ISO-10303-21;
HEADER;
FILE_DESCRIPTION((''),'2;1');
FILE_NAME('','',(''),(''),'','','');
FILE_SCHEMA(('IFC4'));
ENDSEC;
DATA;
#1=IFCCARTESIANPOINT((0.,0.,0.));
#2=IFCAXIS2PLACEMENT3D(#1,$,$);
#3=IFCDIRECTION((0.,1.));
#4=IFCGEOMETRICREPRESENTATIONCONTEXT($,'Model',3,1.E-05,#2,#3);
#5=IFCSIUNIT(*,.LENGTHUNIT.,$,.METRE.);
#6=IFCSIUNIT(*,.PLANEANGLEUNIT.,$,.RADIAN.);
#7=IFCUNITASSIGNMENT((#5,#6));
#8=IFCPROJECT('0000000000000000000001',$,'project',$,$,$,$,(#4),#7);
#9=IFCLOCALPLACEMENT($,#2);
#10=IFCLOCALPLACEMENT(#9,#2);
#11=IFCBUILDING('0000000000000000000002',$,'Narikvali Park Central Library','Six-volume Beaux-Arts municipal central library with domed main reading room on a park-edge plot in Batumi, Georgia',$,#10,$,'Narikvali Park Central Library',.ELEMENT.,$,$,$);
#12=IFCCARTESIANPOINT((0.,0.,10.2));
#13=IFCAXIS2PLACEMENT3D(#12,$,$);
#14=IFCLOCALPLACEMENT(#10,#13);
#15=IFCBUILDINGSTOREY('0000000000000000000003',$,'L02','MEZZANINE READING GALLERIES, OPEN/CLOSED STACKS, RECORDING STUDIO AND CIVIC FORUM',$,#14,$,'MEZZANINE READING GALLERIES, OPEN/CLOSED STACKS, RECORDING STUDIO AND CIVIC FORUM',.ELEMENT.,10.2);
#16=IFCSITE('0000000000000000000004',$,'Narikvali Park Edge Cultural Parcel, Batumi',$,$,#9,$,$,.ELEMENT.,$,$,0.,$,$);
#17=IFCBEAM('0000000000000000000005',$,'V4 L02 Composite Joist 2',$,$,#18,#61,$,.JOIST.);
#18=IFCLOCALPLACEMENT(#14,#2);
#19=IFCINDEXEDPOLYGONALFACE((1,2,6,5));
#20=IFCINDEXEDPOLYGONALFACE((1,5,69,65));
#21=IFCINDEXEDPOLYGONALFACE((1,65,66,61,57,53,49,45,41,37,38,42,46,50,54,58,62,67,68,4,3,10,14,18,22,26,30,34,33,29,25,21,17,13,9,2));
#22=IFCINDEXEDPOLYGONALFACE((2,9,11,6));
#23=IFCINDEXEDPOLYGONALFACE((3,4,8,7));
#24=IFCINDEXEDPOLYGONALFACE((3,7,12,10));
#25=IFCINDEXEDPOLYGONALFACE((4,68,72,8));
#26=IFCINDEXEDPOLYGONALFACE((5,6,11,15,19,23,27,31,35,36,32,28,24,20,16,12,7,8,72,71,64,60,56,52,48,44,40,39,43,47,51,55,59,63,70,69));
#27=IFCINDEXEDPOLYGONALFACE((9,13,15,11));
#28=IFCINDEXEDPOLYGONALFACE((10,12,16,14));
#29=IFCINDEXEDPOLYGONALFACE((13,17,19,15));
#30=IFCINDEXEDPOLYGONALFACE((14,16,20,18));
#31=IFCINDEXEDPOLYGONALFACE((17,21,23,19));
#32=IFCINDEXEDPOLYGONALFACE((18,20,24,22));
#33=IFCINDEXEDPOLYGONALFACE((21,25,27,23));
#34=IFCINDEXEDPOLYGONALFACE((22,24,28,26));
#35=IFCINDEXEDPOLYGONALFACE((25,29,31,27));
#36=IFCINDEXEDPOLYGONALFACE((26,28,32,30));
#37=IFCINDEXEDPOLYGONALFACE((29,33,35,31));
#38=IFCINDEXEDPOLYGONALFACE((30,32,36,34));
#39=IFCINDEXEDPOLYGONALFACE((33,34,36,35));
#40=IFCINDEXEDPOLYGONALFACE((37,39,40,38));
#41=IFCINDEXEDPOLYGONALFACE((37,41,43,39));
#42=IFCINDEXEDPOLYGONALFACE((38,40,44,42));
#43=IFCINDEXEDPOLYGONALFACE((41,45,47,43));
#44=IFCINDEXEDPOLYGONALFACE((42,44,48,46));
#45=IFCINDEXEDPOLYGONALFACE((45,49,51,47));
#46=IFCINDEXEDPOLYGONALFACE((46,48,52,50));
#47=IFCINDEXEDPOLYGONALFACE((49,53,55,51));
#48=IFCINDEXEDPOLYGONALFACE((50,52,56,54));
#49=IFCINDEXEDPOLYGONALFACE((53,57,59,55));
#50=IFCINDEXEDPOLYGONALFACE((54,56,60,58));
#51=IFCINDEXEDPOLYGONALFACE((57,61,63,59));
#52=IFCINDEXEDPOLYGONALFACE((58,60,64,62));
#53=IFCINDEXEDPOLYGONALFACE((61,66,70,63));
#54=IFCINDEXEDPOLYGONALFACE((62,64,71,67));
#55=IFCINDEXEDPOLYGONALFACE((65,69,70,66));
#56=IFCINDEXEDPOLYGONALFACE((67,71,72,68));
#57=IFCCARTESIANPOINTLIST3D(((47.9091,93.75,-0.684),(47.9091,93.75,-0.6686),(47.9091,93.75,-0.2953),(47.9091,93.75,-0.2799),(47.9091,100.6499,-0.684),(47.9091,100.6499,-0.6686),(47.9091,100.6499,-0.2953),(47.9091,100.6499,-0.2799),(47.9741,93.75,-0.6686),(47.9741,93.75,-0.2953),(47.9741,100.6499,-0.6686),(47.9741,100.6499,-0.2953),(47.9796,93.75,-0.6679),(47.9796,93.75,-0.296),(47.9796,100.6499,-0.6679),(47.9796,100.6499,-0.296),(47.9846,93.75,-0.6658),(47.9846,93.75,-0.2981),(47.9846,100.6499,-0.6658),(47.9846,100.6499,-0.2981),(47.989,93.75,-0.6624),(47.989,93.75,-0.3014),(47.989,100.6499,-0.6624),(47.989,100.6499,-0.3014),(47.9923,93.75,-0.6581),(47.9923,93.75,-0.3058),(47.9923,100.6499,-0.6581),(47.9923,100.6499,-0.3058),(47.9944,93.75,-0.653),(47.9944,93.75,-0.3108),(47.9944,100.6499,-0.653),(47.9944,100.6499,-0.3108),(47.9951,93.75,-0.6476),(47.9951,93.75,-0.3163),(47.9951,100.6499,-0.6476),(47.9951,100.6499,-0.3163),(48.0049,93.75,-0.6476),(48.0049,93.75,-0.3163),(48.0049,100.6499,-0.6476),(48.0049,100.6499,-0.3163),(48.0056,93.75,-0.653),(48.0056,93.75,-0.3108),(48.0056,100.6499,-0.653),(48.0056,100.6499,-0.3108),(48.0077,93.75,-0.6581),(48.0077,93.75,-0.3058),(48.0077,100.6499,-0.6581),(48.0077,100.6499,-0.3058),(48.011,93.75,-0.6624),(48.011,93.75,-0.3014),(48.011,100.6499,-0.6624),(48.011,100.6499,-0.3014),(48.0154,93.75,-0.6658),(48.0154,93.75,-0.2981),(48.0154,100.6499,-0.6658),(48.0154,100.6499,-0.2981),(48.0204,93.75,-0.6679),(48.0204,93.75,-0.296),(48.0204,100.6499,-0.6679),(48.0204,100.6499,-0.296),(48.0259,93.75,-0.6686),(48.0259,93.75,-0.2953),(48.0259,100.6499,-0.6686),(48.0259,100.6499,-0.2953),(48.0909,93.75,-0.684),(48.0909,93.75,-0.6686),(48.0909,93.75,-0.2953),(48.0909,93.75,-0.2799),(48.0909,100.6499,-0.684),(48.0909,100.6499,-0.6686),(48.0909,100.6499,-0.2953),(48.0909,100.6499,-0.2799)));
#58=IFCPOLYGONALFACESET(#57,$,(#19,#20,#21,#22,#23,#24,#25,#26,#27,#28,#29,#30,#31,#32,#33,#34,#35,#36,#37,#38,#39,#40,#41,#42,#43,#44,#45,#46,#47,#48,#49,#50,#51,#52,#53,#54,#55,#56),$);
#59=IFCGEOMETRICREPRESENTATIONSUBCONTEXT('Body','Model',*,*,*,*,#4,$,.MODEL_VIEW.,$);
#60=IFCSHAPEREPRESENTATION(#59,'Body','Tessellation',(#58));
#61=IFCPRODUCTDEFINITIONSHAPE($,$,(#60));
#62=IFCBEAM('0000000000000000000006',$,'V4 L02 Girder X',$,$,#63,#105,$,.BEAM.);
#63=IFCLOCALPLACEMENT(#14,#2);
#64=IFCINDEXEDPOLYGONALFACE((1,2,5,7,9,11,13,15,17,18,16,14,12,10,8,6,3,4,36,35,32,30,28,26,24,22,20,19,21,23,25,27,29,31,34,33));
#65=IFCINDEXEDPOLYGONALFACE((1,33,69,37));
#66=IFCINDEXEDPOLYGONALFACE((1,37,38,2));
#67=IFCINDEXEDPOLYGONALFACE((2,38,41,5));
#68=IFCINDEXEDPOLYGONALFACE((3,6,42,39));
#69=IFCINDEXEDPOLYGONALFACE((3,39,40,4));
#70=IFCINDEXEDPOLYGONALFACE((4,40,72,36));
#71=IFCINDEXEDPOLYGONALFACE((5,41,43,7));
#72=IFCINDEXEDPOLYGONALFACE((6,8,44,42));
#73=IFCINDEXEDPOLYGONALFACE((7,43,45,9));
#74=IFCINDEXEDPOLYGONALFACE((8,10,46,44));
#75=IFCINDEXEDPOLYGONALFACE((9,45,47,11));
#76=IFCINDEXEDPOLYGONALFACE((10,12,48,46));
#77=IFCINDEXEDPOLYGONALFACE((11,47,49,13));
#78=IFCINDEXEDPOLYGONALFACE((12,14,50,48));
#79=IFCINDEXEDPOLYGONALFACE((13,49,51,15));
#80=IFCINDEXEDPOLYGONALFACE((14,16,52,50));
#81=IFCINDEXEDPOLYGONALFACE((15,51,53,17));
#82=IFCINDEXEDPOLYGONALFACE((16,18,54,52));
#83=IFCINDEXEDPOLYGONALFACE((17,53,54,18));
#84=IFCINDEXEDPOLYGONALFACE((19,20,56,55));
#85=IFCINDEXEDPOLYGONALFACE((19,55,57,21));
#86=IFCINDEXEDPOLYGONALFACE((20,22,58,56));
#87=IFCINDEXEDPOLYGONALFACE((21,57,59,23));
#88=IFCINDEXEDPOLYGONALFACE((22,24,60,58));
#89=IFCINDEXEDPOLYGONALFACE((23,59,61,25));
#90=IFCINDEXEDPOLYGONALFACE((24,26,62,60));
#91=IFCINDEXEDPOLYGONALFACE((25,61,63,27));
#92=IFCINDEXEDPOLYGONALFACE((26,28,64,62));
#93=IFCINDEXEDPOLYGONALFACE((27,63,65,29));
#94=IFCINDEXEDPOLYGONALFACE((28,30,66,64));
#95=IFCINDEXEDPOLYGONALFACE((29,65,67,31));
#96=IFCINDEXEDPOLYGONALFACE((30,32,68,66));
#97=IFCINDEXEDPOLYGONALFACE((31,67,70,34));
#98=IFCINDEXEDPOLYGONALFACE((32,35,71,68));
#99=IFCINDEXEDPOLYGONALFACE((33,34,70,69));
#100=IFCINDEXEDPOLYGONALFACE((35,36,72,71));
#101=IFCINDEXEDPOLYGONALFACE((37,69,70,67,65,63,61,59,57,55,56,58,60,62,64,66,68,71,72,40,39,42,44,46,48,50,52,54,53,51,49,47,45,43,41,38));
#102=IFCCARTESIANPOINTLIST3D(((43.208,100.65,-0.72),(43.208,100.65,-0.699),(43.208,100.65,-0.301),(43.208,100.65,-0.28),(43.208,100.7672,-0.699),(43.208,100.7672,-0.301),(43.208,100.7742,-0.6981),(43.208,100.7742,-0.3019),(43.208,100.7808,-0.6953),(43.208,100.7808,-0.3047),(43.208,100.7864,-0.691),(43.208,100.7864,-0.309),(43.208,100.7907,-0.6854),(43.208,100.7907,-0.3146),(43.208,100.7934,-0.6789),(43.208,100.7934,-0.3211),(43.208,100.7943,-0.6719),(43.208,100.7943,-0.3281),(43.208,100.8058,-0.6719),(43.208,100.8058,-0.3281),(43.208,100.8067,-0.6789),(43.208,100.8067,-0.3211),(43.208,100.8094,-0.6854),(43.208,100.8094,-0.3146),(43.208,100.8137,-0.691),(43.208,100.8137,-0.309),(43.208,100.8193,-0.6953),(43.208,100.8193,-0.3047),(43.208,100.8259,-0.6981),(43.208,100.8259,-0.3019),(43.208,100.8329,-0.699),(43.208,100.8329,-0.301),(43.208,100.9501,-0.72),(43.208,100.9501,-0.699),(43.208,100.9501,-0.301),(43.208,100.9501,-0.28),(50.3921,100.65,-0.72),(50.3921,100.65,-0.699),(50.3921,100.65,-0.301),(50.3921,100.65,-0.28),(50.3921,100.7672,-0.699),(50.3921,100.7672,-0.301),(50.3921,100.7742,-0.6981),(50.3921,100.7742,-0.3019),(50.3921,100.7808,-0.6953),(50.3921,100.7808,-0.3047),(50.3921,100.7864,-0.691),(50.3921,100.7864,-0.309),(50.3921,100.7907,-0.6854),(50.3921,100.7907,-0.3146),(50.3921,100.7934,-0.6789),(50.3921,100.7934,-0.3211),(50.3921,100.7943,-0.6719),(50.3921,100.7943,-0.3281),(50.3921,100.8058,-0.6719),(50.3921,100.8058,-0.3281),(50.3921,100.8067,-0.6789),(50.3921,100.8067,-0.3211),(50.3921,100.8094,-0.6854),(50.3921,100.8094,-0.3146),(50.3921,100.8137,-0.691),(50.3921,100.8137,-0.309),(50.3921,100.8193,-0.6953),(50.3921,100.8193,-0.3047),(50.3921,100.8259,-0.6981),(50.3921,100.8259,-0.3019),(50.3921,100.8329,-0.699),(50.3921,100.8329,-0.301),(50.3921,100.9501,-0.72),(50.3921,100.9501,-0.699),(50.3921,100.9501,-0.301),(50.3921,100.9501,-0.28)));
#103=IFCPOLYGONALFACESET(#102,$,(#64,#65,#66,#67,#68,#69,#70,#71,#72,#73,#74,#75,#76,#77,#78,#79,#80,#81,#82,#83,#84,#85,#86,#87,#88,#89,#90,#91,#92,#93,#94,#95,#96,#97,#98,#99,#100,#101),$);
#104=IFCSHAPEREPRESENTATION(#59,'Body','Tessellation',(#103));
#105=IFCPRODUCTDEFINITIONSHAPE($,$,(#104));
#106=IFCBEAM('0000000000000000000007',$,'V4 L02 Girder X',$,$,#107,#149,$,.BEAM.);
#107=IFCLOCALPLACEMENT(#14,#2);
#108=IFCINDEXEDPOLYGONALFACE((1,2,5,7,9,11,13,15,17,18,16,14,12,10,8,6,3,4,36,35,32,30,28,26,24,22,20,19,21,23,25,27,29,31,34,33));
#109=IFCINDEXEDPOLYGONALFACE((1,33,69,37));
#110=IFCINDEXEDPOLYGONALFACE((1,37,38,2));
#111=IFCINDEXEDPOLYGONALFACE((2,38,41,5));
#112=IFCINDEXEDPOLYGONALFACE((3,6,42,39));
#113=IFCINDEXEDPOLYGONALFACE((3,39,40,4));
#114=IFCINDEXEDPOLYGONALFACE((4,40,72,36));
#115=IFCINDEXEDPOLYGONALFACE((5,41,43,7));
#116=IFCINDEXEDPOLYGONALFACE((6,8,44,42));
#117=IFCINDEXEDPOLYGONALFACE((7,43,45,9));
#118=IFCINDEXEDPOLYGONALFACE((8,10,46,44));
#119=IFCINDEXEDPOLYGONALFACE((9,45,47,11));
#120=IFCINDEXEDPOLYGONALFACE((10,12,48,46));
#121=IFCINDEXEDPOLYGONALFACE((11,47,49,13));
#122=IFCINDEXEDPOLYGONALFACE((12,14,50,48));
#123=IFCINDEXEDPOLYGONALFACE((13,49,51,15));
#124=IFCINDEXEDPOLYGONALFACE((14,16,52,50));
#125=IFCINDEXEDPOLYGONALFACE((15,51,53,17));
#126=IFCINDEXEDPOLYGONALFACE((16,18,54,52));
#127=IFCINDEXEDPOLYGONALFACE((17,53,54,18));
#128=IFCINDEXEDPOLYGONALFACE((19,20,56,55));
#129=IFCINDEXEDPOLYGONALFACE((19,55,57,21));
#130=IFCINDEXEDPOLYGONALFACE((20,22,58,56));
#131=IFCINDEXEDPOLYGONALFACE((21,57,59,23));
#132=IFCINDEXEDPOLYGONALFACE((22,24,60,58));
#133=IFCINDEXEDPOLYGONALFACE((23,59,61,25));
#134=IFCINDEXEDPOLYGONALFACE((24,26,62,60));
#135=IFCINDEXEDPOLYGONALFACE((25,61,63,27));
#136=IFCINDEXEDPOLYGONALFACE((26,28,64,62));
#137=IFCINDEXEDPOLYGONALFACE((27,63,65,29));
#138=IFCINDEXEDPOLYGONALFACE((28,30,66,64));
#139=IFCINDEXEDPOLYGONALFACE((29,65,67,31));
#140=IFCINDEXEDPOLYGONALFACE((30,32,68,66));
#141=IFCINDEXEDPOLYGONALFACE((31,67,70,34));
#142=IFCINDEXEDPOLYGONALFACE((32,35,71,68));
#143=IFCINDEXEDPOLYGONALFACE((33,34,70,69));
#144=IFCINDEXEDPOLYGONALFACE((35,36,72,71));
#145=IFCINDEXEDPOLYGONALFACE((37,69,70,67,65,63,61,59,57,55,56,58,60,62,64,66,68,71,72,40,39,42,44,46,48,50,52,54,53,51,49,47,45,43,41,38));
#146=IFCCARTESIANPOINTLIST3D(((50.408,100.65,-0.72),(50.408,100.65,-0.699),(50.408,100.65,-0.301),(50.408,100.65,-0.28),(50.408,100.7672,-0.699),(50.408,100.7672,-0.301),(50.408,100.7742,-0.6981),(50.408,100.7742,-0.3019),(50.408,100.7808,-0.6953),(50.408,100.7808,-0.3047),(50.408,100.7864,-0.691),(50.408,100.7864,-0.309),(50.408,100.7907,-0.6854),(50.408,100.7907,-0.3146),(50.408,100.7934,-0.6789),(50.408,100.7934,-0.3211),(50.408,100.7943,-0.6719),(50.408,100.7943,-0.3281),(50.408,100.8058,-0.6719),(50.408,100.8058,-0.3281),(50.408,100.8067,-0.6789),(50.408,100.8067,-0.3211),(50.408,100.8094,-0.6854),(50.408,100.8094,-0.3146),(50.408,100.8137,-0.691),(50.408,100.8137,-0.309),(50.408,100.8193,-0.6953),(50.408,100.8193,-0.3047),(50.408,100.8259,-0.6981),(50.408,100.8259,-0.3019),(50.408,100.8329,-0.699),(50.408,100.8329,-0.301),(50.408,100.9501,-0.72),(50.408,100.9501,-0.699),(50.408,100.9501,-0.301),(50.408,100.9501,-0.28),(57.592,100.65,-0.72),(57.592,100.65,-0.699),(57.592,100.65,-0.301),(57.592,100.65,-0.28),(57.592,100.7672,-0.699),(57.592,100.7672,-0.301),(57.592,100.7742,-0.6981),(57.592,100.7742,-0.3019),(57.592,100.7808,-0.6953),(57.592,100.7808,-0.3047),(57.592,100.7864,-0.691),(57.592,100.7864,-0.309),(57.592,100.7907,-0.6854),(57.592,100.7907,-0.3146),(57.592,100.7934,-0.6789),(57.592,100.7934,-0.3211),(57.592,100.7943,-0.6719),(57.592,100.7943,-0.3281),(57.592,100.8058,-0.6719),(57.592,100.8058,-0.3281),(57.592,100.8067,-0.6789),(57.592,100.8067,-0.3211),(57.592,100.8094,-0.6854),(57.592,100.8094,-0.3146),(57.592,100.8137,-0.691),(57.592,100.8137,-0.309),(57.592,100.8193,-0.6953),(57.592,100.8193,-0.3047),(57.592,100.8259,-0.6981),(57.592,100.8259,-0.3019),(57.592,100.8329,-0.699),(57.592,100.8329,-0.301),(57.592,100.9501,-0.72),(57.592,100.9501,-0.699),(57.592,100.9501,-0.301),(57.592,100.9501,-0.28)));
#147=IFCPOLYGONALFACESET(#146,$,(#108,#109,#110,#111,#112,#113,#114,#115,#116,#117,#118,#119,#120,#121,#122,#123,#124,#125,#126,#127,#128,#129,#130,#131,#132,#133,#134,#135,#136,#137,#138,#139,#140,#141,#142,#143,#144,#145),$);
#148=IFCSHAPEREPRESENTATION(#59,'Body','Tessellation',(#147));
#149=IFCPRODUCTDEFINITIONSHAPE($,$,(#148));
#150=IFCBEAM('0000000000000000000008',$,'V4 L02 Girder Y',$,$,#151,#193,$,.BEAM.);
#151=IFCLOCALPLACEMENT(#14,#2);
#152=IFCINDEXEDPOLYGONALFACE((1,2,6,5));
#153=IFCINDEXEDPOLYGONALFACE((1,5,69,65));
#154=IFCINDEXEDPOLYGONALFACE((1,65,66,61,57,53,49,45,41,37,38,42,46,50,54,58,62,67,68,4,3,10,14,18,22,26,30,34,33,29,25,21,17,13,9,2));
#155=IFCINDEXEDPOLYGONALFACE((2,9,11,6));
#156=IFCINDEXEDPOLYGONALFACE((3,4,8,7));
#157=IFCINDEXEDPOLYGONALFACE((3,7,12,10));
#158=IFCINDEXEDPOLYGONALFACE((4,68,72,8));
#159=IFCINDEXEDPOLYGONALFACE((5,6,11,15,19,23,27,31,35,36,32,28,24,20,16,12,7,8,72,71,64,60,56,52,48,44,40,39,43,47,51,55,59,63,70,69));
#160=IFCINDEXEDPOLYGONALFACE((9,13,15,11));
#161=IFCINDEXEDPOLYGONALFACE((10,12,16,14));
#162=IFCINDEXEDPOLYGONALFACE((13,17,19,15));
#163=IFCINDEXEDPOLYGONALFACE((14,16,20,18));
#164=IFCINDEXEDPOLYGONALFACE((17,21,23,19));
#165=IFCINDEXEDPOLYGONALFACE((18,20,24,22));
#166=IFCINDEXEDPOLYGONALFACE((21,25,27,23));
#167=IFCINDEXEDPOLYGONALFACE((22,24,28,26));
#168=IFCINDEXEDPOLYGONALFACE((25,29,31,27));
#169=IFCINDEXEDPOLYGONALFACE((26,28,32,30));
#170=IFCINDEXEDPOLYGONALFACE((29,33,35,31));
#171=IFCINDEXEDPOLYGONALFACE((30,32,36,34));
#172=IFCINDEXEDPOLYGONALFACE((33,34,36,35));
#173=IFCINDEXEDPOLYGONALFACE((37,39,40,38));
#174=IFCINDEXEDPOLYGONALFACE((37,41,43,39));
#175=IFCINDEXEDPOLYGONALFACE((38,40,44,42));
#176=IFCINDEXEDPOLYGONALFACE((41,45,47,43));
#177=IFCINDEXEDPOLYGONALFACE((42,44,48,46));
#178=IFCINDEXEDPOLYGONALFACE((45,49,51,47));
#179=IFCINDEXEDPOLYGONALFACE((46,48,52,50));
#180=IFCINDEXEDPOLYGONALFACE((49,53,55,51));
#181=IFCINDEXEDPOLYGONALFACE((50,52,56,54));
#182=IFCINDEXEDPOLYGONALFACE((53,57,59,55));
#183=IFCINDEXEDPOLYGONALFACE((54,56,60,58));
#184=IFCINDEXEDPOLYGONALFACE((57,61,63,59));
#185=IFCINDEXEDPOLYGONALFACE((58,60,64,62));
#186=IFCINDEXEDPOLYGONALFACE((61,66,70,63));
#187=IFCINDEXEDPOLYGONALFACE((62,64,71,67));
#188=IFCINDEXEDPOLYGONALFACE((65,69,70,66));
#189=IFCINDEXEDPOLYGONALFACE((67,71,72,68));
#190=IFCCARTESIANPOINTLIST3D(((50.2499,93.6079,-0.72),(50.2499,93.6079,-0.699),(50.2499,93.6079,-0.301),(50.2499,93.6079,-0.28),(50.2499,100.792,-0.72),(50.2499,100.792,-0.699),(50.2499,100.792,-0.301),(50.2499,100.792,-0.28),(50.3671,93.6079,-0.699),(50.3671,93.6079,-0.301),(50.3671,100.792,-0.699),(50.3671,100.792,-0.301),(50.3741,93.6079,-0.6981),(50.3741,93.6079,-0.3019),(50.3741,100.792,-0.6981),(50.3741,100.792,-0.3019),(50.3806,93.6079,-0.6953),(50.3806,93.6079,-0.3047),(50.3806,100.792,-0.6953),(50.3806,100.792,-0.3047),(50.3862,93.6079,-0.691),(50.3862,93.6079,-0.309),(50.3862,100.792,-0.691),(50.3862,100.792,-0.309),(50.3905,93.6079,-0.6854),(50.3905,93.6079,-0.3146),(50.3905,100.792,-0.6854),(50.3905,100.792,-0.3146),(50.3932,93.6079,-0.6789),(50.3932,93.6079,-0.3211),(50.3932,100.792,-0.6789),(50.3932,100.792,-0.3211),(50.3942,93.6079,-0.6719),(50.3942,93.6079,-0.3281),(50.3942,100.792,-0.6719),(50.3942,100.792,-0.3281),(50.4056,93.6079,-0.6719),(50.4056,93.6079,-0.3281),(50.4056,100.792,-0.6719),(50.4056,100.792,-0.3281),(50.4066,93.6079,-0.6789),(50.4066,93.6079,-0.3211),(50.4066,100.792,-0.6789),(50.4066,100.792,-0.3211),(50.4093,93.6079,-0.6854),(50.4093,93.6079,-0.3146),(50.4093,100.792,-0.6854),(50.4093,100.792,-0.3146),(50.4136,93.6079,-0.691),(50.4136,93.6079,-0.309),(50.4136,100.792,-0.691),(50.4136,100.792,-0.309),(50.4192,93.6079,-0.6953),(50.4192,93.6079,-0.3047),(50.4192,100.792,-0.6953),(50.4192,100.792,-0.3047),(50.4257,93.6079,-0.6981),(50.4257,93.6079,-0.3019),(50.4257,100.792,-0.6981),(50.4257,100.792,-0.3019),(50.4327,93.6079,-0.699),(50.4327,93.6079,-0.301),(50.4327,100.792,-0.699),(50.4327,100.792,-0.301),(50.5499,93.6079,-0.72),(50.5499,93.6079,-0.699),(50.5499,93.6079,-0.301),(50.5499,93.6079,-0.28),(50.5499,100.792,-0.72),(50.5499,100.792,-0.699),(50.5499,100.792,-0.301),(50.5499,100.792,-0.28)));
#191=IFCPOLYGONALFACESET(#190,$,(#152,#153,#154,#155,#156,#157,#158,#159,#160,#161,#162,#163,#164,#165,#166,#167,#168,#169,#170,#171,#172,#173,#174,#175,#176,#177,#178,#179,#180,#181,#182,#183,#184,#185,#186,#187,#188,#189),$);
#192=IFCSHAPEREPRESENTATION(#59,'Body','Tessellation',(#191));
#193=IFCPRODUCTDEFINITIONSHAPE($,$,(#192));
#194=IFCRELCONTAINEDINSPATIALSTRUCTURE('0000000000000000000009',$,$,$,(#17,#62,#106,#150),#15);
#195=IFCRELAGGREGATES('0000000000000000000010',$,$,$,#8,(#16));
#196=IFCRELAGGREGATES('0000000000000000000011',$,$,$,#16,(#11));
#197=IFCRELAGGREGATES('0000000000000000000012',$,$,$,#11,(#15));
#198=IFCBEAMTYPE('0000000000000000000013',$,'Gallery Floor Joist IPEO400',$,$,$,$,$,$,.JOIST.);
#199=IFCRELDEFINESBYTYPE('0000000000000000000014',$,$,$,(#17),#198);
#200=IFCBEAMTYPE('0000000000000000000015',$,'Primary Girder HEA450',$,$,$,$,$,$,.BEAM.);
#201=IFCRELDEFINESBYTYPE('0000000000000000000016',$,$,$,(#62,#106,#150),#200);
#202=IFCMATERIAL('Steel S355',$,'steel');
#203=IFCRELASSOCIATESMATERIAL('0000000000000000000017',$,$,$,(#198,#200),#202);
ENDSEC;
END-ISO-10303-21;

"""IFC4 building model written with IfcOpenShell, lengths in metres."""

from ifc_helpers import new_model, si_unit, direction, frame, origin, origin_2d, place, context, subcontext, project, spatial, i_section, extrude, material, material_profile, profile_set, type_object, element, save


model = new_model("IFC4")

# Units and contexts
model_context = context("Model", 3, precision=1e-05, world=origin(), true_north=direction((0.0, 1.0)))
body_context = subcontext(model_context, "Body", "Model", "MODEL_VIEW")
ifc_project = project(units=[si_unit("LENGTHUNIT", "METRE"), si_unit("PLANEANGLEUNIT", "RADIAN")], contexts=[model_context])

# Site, building, storey
site_placement = place(None, origin())
site = spatial("IfcSite", under=ifc_project, at=site_placement, Name="Narikvali Park Edge Cultural Parcel, Batumi", CompositionType="ELEMENT", RefElevation=0.0)
building_placement = place(site_placement, origin())
building = spatial("IfcBuilding", under=site, at=building_placement, Name="Narikvali Park Central Library", Description="Six-volume Beaux-Arts municipal central library with domed main reading room on a park-edge plot in Batumi, Georgia", LongName="Narikvali Park Central Library", CompositionType="ELEMENT")
storey_placement = place(building_placement, frame((0.0, 0.0, 10.2)))
storey = spatial("IfcBuildingStorey", under=building, at=storey_placement, Name="L02", Description="MEZZANINE READING GALLERIES, OPEN/CLOSED STACKS, RECORDING STUDIO AND CIVIC FORUM", LongName="MEZZANINE READING GALLERIES, OPEN/CLOSED STACKS, RECORDING STUDIO AND CIVIC FORUM", CompositionType="ELEMENT", Elevation=10.2)

# Shared definitions
ifc_material_1 = material(Name="Steel S355", Category="steel")

# Beams
ifc_material_profile_1 = material_profile(ifc_material_1, i_section(OverallWidth=0.1819, OverallDepth=0.4041, WebThickness=0.0098, FlangeThickness=0.0154, FilletRadius=0.021, at=origin_2d()), Name="IPEO 400")
ifc_profile_set_1 = profile_set([ifc_material_profile_1], Name="Steel S355")
beam_type_1 = type_object("IfcBeamType", Name="Gallery Floor Joist IPEO400", PredefinedType="JOIST", material=ifc_profile_set_1)
for number, where, z_axis, x_axis, name in (
    (1, (48.0, 93.75, -0.4819), (0.0, 1.0, 0.0), (-1.0, 0.0, 0.0), "V4 L02 Composite Joist 2"),
):
    element("IfcBeam", number, at=place(storey_placement, frame(where, z_axis=z_axis, x_axis=x_axis)), inside=storey, type_object=beam_type_1, Name=name, PredefinedType="JOIST", context=body_context, shape_type="SweptSolid", body=[
        extrude(i_section(OverallWidth=0.1819, OverallDepth=0.4041, WebThickness=0.0098, FlangeThickness=0.0154, FilletRadius=0.021, at=origin_2d()), origin(), (0.0, 0.0, 1.0), 6.8999),
    ])
ifc_material_profile_2 = material_profile(ifc_material_1, i_section(OverallWidth=0.3, OverallDepth=0.4399, WebThickness=0.0115, FlangeThickness=0.021, FilletRadius=0.0271, at=origin_2d()), Name="HEA 450")
ifc_profile_set_2 = profile_set([ifc_material_profile_2], Name="Steel S355")
beam_type_2 = type_object("IfcBeamType", Name="Primary Girder HEA450", PredefinedType="BEAM", material=ifc_profile_set_2)
for number, where, z_axis, x_axis, name in (
    (2, (43.208, 100.8, -0.5), (1.0, 0.0, 0.0), (0.0, 1.0, 0.0), "V4 L02 Girder X"),
    (3, (50.408, 100.8, -0.5), (1.0, 0.0, 0.0), (0.0, 1.0, 0.0), "V4 L02 Girder X"),
    (4, (50.3999, 93.6079, -0.5), (0.0, 1.0, 0.0), (-1.0, 0.0, 0.0), "V4 L02 Girder Y"),
):
    element("IfcBeam", number, at=place(storey_placement, frame(where, z_axis=z_axis, x_axis=x_axis)), inside=storey, type_object=beam_type_2, Name=name, PredefinedType="BEAM", context=body_context, shape_type="SweptSolid", body=[
        extrude(i_section(OverallWidth=0.3, OverallDepth=0.4399, WebThickness=0.0115, FlangeThickness=0.021, FilletRadius=0.0271, at=origin_2d()), origin(), (0.0, 0.0, 1.0), 7.1841),
    ])

save(model, "model.ifc")
